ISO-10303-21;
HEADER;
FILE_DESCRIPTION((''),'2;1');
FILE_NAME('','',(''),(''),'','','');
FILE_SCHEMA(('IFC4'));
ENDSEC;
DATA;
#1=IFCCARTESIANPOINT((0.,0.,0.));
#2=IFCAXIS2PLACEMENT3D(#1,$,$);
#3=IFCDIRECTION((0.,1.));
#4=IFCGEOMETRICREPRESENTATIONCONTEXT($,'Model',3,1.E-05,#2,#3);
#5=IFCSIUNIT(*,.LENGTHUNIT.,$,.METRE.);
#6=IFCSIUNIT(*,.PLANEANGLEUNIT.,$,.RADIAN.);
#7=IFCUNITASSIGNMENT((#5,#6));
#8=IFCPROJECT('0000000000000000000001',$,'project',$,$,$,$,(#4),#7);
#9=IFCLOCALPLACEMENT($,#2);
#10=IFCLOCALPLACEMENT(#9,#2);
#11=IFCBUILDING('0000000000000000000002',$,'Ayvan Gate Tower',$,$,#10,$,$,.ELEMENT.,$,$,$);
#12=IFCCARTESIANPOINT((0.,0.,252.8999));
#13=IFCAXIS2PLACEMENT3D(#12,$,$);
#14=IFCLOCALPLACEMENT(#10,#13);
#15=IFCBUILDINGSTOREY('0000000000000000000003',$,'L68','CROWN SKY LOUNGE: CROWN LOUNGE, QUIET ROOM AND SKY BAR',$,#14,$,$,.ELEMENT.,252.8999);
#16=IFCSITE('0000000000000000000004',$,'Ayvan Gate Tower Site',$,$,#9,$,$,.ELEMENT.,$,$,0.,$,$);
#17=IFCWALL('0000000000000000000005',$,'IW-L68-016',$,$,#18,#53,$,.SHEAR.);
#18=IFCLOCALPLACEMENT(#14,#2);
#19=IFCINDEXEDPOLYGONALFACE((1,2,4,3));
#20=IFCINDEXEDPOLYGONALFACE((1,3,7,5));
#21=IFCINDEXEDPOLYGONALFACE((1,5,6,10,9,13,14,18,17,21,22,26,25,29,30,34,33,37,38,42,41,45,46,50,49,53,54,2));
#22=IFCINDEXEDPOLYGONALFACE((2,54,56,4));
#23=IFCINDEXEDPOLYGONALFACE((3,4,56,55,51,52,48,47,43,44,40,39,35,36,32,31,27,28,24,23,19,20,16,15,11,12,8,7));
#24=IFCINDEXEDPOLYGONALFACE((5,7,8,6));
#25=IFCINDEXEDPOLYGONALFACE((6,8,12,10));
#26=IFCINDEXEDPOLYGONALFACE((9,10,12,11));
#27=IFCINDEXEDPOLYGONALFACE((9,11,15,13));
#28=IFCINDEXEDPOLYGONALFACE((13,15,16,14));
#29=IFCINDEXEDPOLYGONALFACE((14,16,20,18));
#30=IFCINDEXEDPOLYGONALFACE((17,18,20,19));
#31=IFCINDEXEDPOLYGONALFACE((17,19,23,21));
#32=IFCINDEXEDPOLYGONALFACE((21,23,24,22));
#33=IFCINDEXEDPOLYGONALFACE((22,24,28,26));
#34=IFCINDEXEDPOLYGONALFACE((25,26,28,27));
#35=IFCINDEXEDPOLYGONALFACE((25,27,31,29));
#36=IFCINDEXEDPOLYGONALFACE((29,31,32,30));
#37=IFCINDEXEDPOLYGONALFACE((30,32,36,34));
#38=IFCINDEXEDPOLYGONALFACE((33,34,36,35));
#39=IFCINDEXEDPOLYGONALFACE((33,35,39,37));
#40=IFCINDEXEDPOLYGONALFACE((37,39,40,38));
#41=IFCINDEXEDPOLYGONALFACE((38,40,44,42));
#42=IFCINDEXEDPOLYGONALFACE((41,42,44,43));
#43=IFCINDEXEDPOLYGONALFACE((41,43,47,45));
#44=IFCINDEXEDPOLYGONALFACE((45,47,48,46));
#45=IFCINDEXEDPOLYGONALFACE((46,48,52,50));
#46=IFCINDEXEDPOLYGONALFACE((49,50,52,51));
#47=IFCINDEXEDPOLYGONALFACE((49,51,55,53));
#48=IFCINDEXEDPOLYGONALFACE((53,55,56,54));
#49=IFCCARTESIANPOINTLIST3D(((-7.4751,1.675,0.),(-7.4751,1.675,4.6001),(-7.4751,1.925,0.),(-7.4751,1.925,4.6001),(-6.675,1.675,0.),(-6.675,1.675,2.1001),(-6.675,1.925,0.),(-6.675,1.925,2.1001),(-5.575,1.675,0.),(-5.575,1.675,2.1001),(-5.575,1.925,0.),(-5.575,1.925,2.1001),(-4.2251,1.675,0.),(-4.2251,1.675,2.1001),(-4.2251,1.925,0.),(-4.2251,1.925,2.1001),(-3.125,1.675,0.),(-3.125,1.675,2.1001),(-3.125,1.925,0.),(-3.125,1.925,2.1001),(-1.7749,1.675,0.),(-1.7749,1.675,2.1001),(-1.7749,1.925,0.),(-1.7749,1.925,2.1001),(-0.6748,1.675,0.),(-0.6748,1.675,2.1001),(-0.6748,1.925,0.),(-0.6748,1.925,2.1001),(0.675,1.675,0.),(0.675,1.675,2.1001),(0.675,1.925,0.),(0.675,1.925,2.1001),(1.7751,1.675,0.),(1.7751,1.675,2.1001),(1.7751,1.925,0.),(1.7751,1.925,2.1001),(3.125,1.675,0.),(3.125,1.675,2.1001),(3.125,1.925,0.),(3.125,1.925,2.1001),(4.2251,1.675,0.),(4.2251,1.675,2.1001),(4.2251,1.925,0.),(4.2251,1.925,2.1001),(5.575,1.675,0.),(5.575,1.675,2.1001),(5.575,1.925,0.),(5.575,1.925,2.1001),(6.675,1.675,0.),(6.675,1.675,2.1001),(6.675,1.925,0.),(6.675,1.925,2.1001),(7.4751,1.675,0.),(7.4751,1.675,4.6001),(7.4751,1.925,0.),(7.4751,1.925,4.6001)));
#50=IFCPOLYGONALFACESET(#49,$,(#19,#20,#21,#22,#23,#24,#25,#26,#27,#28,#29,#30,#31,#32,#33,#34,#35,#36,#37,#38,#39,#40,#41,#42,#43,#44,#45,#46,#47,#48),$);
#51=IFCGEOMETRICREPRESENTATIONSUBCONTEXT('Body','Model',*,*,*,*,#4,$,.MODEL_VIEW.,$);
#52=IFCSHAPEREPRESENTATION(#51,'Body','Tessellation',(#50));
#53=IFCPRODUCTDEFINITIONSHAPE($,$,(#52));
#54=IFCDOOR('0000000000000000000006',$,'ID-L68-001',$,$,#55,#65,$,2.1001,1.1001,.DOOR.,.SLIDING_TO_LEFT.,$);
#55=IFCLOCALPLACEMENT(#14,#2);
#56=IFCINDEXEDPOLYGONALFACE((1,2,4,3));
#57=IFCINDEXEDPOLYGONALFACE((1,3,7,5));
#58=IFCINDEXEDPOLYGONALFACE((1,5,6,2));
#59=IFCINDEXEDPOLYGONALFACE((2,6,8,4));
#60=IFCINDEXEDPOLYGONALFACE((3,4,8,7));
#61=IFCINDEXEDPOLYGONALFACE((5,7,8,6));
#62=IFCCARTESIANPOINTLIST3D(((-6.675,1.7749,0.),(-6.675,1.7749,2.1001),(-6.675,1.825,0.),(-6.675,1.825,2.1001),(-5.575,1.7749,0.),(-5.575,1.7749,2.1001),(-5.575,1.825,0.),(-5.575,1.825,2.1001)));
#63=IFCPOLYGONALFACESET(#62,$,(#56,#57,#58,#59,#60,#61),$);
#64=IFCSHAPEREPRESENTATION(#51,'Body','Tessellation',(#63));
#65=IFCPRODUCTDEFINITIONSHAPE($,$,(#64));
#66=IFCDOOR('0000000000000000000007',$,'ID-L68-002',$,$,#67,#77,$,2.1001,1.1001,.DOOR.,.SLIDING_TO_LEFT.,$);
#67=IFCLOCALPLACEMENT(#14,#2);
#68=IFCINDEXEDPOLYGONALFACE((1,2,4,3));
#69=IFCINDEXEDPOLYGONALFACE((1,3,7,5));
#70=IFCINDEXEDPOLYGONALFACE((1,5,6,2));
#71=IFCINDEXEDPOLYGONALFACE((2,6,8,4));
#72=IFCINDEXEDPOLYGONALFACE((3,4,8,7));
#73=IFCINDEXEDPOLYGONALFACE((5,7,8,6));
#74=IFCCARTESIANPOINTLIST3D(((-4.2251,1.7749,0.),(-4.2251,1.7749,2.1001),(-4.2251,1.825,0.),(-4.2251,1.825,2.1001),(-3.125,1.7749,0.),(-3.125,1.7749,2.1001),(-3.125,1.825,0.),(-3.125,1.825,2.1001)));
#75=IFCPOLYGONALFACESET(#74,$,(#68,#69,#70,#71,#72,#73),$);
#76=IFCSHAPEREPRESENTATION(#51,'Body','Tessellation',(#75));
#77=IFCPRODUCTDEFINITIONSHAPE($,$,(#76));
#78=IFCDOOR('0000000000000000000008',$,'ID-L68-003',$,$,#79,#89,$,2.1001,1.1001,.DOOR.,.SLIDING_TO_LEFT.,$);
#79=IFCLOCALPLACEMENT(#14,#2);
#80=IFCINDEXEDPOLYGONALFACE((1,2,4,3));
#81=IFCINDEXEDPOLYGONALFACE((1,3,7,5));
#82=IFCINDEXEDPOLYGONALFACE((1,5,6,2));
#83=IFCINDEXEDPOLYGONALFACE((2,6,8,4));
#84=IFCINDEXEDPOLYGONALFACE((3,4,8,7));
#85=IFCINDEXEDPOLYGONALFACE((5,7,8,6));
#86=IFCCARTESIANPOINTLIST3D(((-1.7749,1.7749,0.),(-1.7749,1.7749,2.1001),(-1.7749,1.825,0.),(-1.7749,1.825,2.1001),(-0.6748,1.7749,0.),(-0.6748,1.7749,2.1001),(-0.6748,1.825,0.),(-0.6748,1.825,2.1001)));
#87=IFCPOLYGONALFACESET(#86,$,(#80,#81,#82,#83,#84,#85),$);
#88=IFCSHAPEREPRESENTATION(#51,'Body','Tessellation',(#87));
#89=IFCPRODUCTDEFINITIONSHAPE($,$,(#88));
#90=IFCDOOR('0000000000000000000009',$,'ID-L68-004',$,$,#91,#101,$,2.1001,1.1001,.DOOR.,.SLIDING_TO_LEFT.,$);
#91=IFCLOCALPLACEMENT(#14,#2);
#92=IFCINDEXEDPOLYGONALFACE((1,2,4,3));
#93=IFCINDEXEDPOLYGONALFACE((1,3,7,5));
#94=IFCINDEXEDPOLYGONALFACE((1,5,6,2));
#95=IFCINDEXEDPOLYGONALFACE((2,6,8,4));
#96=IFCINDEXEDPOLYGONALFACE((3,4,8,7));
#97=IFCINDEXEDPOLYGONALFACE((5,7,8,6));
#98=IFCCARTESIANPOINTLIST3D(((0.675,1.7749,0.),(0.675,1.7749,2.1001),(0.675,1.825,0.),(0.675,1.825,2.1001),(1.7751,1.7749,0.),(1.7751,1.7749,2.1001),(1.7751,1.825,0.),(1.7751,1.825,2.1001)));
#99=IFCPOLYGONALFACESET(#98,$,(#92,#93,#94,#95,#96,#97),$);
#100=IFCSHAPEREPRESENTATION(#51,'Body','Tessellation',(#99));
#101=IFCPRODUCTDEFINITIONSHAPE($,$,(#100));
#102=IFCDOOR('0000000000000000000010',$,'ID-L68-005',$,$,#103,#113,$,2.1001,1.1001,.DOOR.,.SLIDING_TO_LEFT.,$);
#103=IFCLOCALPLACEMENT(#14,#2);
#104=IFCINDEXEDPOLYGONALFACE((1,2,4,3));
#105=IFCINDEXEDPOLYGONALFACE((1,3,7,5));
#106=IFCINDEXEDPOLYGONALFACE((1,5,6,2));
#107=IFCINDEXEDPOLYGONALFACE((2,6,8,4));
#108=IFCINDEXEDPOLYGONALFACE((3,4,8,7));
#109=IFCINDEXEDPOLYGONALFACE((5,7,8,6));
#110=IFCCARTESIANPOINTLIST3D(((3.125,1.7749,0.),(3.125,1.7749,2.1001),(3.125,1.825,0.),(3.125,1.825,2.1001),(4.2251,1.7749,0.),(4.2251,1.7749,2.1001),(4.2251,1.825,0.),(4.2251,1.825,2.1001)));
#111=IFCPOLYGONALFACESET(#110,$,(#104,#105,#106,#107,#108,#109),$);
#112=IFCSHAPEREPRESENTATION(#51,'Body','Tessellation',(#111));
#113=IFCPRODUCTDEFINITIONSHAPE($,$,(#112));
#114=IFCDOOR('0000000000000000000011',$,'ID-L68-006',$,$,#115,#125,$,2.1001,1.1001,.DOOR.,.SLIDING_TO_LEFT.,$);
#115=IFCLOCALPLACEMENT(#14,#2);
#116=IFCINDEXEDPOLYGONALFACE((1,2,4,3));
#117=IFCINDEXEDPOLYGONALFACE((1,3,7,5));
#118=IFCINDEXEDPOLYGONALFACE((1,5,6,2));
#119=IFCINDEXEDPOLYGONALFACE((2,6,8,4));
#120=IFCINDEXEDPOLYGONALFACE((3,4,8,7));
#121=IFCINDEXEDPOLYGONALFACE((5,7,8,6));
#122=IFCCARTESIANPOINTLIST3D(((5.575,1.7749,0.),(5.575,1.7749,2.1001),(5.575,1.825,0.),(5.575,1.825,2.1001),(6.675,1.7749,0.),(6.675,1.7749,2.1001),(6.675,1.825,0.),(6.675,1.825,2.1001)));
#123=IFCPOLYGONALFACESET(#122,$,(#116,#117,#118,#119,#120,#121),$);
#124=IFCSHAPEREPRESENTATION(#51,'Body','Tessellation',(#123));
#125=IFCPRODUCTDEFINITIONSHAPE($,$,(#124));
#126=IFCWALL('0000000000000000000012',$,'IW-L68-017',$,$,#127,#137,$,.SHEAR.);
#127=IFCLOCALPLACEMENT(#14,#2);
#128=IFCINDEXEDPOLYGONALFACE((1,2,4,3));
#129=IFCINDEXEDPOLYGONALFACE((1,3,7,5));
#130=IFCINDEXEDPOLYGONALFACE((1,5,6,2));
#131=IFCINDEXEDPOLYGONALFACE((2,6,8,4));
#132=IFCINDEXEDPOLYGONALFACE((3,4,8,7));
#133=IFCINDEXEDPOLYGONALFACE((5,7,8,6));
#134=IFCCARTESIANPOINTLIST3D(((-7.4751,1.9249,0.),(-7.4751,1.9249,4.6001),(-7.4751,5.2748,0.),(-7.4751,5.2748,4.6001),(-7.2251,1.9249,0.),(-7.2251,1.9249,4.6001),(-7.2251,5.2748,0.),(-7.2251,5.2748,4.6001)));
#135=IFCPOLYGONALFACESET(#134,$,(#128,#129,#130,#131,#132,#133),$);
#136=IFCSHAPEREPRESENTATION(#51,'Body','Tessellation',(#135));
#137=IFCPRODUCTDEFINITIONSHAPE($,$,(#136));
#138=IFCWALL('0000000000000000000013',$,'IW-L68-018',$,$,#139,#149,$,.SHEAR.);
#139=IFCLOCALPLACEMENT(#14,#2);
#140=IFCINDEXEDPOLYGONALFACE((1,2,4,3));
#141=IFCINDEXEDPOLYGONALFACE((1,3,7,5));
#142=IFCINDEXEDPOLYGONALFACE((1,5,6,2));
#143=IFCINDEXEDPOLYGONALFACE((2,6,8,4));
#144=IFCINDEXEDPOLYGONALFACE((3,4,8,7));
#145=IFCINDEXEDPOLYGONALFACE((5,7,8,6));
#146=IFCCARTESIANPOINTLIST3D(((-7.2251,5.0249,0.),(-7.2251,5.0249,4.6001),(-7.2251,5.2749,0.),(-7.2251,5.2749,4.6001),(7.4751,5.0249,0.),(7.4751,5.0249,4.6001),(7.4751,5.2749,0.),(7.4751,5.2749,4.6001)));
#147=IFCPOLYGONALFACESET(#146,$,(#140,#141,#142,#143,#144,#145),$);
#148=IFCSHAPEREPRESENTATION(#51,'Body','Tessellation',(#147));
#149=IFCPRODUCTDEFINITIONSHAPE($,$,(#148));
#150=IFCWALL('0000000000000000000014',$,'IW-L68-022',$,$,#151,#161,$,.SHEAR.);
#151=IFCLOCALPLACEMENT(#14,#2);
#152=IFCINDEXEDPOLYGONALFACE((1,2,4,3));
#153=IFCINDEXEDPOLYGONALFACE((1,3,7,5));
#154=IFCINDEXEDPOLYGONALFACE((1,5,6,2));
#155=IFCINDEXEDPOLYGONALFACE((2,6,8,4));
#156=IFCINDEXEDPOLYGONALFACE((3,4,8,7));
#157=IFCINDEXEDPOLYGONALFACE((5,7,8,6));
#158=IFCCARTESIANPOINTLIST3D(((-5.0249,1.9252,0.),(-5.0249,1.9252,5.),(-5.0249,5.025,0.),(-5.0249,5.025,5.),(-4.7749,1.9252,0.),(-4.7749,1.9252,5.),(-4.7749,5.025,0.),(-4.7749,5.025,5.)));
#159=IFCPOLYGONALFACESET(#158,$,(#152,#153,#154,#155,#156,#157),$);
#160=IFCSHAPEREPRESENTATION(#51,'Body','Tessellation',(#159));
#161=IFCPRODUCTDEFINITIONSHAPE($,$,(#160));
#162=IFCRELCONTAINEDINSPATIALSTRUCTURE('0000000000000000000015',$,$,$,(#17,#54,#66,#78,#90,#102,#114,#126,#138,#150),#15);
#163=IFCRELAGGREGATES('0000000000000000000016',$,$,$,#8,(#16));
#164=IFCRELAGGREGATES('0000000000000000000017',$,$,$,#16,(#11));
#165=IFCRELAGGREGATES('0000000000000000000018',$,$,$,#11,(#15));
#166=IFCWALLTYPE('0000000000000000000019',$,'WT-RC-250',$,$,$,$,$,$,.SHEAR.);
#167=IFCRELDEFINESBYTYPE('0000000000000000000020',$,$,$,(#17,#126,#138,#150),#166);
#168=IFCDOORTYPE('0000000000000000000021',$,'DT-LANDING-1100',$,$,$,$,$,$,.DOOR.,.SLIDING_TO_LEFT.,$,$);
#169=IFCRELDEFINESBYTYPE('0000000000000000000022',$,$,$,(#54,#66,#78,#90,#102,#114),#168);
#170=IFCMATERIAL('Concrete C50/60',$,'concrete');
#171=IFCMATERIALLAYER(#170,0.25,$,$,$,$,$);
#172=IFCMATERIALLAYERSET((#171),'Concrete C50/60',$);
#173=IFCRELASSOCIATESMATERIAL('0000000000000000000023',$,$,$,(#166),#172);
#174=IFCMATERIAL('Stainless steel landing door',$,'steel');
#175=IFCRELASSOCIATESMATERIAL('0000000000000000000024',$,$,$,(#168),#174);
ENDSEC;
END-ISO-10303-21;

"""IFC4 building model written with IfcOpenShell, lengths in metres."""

from ifc_helpers import new_model, si_unit, direction, frame, frame_2d, origin, place, context, subcontext, project, spatial, rectangle, extrude, material, layer, layer_set, type_object, element, fill, save


model = new_model("IFC4")

# Units and contexts
model_context = context("Model", 3, precision=1e-05, world=origin(), true_north=direction((0.0, 1.0)))
body_context = subcontext(model_context, "Body", "Model", "MODEL_VIEW")
ifc_project = project(units=[si_unit("LENGTHUNIT", "METRE"), si_unit("PLANEANGLEUNIT", "RADIAN")], contexts=[model_context])

# Site, building, storey
site_placement = place(None, origin())
site = spatial("IfcSite", under=ifc_project, at=site_placement, Name="Ayvan Gate Tower Site", CompositionType="ELEMENT", RefElevation=0.0)
building_placement = place(site_placement, origin())
building = spatial("IfcBuilding", under=site, at=building_placement, Name="Ayvan Gate Tower", CompositionType="ELEMENT")
storey_placement = place(building_placement, frame((0.0, 0.0, 252.8999)))
storey = spatial("IfcBuildingStorey", under=building, at=storey_placement, Name="L68", Description="CROWN SKY LOUNGE: CROWN LOUNGE, QUIET ROOM AND SKY BAR", CompositionType="ELEMENT", Elevation=252.8999)

# Shared definitions
ifc_material_1 = material(Name="Concrete C50/60", Category="concrete")

# Wall, openings, doors
ifc_layer_1 = layer(ifc_material_1, 0.25)
ifc_layer_set_1 = layer_set([ifc_layer_1], Name="Concrete C50/60")
wall_type_1 = type_object("IfcWallType", Name="WT-RC-250", PredefinedType="SHEAR", material=ifc_layer_set_1)
wall_1_placement = place(storey_placement, frame((-7.4751, 1.8, 0.0), z_axis=(0.0, 0.0, 1.0), x_axis=(1.0, 0.0, 0.0)))
wall_1 = element("IfcWall", 1, at=wall_1_placement, inside=storey, type_object=wall_type_1, Name="IW-L68-016", PredefinedType="SHEAR", context=body_context, shape_type="SweptSolid", body=[
    extrude(rectangle(XDim=14.9502, YDim=0.25, at=frame_2d((7.4751, 0.0))), origin(), (0.0, 0.0, 1.0), 4.6001),
])
opening_1_placement = place(wall_1_placement, frame((0.8, 0.0, 0.0)))
opening_1 = element("IfcOpeningElement", 2, at=opening_1_placement, cuts=wall_1, PredefinedType="OPENING", context=body_context, shape_type="SweptSolid", body=[
    extrude(rectangle(XDim=1.1001, YDim=2.1001, at=frame_2d((0.55, 1.05))), frame((0.0, 0.135, 0.0), z_axis=(0.0, -1.0, 0.0), x_axis=(1.0, 0.0, 0.0)), (0.0, 0.0, 1.0), 0.27),
])
opening_2_placement = place(wall_1_placement, frame((3.25, 0.0, 0.0)))
opening_2 = element("IfcOpeningElement", 3, at=opening_2_placement, cuts=wall_1, PredefinedType="OPENING", context=body_context, shape_type="SweptSolid", body=[
    extrude(rectangle(XDim=1.1001, YDim=2.1001, at=frame_2d((0.55, 1.05))), frame((0.0, 0.135, 0.0), z_axis=(0.0, -1.0, 0.0), x_axis=(1.0, 0.0, 0.0)), (0.0, 0.0, 1.0), 0.27),
])
opening_3_placement = place(wall_1_placement, frame((5.7002, 0.0, 0.0)))
opening_3 = element("IfcOpeningElement", 4, at=opening_3_placement, cuts=wall_1, PredefinedType="OPENING", context=body_context, shape_type="SweptSolid", body=[
    extrude(rectangle(XDim=1.1001, YDim=2.1001, at=frame_2d((0.55, 1.05))), frame((0.0, 0.135, 0.0), z_axis=(0.0, -1.0, 0.0), x_axis=(1.0, 0.0, 0.0)), (0.0, 0.0, 1.0), 0.27),
])
opening_4_placement = place(wall_1_placement, frame((8.1501, 0.0, 0.0)))
opening_4 = element("IfcOpeningElement", 5, at=opening_4_placement, cuts=wall_1, PredefinedType="OPENING", context=body_context, shape_type="SweptSolid", body=[
    extrude(rectangle(XDim=1.1001, YDim=2.1001, at=frame_2d((0.55, 1.05))), frame((0.0, 0.135, 0.0), z_axis=(0.0, -1.0, 0.0), x_axis=(1.0, 0.0, 0.0)), (0.0, 0.0, 1.0), 0.27),
])
opening_5_placement = place(wall_1_placement, frame((10.6001, 0.0, 0.0)))
opening_5 = element("IfcOpeningElement", 6, at=opening_5_placement, cuts=wall_1, PredefinedType="OPENING", context=body_context, shape_type="SweptSolid", body=[
    extrude(rectangle(XDim=1.1001, YDim=2.1001, at=frame_2d((0.55, 1.05))), frame((0.0, 0.135, 0.0), z_axis=(0.0, -1.0, 0.0), x_axis=(1.0, 0.0, 0.0)), (0.0, 0.0, 1.0), 0.27),
])
opening_6_placement = place(wall_1_placement, frame((13.05, 0.0, 0.0)))
opening_6 = element("IfcOpeningElement", 7, at=opening_6_placement, cuts=wall_1, PredefinedType="OPENING", context=body_context, shape_type="SweptSolid", body=[
    extrude(rectangle(XDim=1.1001, YDim=2.1001, at=frame_2d((0.55, 1.05))), frame((0.0, 0.135, 0.0), z_axis=(0.0, -1.0, 0.0), x_axis=(1.0, 0.0, 0.0)), (0.0, 0.0, 1.0), 0.27),
])
ifc_material_2 = material(Name="Stainless steel landing door", Category="steel")
door_type_1 = type_object("IfcDoorType", Name="DT-LANDING-1100", OperationType="SLIDING_TO_LEFT", PredefinedType="DOOR", material=ifc_material_2)
door_1_placement = place(opening_1_placement, origin())
door_1 = element("IfcDoor", 8, at=door_1_placement, inside=storey, type_object=door_type_1, Name="ID-L68-001", OperationType="SLIDING_TO_LEFT", OverallHeight=2.1001, OverallWidth=1.1001, PredefinedType="DOOR", context=body_context, shape_type="SweptSolid", body=[
    extrude(rectangle(XDim=1.1001, YDim=2.1001, at=frame_2d((0.55, 1.05))), frame((0.0, 0.0249, 0.0), z_axis=(0.0, -1.0, 0.0), x_axis=(1.0, 0.0, 0.0)), (0.0, 0.0, 1.0), 0.05),
])
fill(opening_1, door_1)
door_2_placement = place(opening_2_placement, origin())
door_2 = element("IfcDoor", 9, at=door_2_placement, inside=storey, type_object=door_type_1, Name="ID-L68-002", OperationType="SLIDING_TO_LEFT", OverallHeight=2.1001, OverallWidth=1.1001, PredefinedType="DOOR", context=body_context, shape_type="SweptSolid", body=[
    extrude(rectangle(XDim=1.1001, YDim=2.1001, at=frame_2d((0.55, 1.05))), frame((0.0, 0.0249, 0.0), z_axis=(0.0, -1.0, 0.0), x_axis=(1.0, 0.0, 0.0)), (0.0, 0.0, 1.0), 0.05),
])
fill(opening_2, door_2)
door_3_placement = place(opening_3_placement, origin())
door_3 = element("IfcDoor", 10, at=door_3_placement, inside=storey, type_object=door_type_1, Name="ID-L68-003", OperationType="SLIDING_TO_LEFT", OverallHeight=2.1001, OverallWidth=1.1001, PredefinedType="DOOR", context=body_context, shape_type="SweptSolid", body=[
    extrude(rectangle(XDim=1.1001, YDim=2.1001, at=frame_2d((0.55, 1.05))), frame((0.0, 0.0249, 0.0), z_axis=(0.0, -1.0, 0.0), x_axis=(1.0, 0.0, 0.0)), (0.0, 0.0, 1.0), 0.05),
])
fill(opening_3, door_3)
door_4_placement = place(opening_4_placement, origin())
door_4 = element("IfcDoor", 11, at=door_4_placement, inside=storey, type_object=door_type_1, Name="ID-L68-004", OperationType="SLIDING_TO_LEFT", OverallHeight=2.1001, OverallWidth=1.1001, PredefinedType="DOOR", context=body_context, shape_type="SweptSolid", body=[
    extrude(rectangle(XDim=1.1001, YDim=2.1001, at=frame_2d((0.55, 1.05))), frame((0.0, 0.0249, 0.0), z_axis=(0.0, -1.0, 0.0), x_axis=(1.0, 0.0, 0.0)), (0.0, 0.0, 1.0), 0.05),
])
fill(opening_4, door_4)
door_5_placement = place(opening_5_placement, origin())
door_5 = element("IfcDoor", 12, at=door_5_placement, inside=storey, type_object=door_type_1, Name="ID-L68-005", OperationType="SLIDING_TO_LEFT", OverallHeight=2.1001, OverallWidth=1.1001, PredefinedType="DOOR", context=body_context, shape_type="SweptSolid", body=[
    extrude(rectangle(XDim=1.1001, YDim=2.1001, at=frame_2d((0.55, 1.05))), frame((0.0, 0.0249, 0.0), z_axis=(0.0, -1.0, 0.0), x_axis=(1.0, 0.0, 0.0)), (0.0, 0.0, 1.0), 0.05),
])
fill(opening_5, door_5)
door_6_placement = place(opening_6_placement, origin())
door_6 = element("IfcDoor", 13, at=door_6_placement, inside=storey, type_object=door_type_1, Name="ID-L68-006", OperationType="SLIDING_TO_LEFT", OverallHeight=2.1001, OverallWidth=1.1001, PredefinedType="DOOR", context=body_context, shape_type="SweptSolid", body=[
    extrude(rectangle(XDim=1.1001, YDim=2.1001, at=frame_2d((0.55, 1.05))), frame((0.0, 0.0249, 0.0), z_axis=(0.0, -1.0, 0.0), x_axis=(1.0, 0.0, 0.0)), (0.0, 0.0, 1.0), 0.05),
])
fill(opening_6, door_6)

# Walls
wall_2_placement = place(storey_placement, frame((-7.3501, 1.925, 0.0), z_axis=(0.0, 0.0, 1.0), x_axis=(0.0, 1.0, 0.0)))
element("IfcWall", 14, at=wall_2_placement, inside=storey, type_object=wall_type_1, Name="IW-L68-017", PredefinedType="SHEAR", context=body_context, shape_type="SweptSolid", body=[
    extrude(rectangle(XDim=3.3499, YDim=0.25, at=frame_2d((1.6748, 0.0))), origin(), (0.0, 0.0, 1.0), 4.6001),
])
wall_3_placement = place(storey_placement, frame((-7.2251, 5.1499, 0.0), z_axis=(0.0, 0.0, 1.0), x_axis=(1.0, 0.0, 0.0)))
element("IfcWall", 15, at=wall_3_placement, inside=storey, type_object=wall_type_1, Name="IW-L68-018", PredefinedType="SHEAR", context=body_context, shape_type="SweptSolid", body=[
    extrude(rectangle(XDim=14.7002, YDim=0.25, at=frame_2d((7.3501, 0.0))), origin(), (0.0, 0.0, 1.0), 4.6001),
])
wall_4_placement = place(storey_placement, frame((-4.8999, 5.0249, 0.0), z_axis=(0.0, 0.0, 1.0), x_axis=(0.0, -1.0, 0.0)))
element("IfcWall", 16, at=wall_4_placement, inside=storey, type_object=wall_type_1, Name="IW-L68-022", PredefinedType="SHEAR", context=body_context, shape_type="SweptSolid", body=[
    extrude(rectangle(XDim=3.0999, YDim=0.25, at=frame_2d((1.5498, 0.0))), origin(), (0.0, 0.0, 1.0), 5.0),
])

save(model, "model.ifc")
